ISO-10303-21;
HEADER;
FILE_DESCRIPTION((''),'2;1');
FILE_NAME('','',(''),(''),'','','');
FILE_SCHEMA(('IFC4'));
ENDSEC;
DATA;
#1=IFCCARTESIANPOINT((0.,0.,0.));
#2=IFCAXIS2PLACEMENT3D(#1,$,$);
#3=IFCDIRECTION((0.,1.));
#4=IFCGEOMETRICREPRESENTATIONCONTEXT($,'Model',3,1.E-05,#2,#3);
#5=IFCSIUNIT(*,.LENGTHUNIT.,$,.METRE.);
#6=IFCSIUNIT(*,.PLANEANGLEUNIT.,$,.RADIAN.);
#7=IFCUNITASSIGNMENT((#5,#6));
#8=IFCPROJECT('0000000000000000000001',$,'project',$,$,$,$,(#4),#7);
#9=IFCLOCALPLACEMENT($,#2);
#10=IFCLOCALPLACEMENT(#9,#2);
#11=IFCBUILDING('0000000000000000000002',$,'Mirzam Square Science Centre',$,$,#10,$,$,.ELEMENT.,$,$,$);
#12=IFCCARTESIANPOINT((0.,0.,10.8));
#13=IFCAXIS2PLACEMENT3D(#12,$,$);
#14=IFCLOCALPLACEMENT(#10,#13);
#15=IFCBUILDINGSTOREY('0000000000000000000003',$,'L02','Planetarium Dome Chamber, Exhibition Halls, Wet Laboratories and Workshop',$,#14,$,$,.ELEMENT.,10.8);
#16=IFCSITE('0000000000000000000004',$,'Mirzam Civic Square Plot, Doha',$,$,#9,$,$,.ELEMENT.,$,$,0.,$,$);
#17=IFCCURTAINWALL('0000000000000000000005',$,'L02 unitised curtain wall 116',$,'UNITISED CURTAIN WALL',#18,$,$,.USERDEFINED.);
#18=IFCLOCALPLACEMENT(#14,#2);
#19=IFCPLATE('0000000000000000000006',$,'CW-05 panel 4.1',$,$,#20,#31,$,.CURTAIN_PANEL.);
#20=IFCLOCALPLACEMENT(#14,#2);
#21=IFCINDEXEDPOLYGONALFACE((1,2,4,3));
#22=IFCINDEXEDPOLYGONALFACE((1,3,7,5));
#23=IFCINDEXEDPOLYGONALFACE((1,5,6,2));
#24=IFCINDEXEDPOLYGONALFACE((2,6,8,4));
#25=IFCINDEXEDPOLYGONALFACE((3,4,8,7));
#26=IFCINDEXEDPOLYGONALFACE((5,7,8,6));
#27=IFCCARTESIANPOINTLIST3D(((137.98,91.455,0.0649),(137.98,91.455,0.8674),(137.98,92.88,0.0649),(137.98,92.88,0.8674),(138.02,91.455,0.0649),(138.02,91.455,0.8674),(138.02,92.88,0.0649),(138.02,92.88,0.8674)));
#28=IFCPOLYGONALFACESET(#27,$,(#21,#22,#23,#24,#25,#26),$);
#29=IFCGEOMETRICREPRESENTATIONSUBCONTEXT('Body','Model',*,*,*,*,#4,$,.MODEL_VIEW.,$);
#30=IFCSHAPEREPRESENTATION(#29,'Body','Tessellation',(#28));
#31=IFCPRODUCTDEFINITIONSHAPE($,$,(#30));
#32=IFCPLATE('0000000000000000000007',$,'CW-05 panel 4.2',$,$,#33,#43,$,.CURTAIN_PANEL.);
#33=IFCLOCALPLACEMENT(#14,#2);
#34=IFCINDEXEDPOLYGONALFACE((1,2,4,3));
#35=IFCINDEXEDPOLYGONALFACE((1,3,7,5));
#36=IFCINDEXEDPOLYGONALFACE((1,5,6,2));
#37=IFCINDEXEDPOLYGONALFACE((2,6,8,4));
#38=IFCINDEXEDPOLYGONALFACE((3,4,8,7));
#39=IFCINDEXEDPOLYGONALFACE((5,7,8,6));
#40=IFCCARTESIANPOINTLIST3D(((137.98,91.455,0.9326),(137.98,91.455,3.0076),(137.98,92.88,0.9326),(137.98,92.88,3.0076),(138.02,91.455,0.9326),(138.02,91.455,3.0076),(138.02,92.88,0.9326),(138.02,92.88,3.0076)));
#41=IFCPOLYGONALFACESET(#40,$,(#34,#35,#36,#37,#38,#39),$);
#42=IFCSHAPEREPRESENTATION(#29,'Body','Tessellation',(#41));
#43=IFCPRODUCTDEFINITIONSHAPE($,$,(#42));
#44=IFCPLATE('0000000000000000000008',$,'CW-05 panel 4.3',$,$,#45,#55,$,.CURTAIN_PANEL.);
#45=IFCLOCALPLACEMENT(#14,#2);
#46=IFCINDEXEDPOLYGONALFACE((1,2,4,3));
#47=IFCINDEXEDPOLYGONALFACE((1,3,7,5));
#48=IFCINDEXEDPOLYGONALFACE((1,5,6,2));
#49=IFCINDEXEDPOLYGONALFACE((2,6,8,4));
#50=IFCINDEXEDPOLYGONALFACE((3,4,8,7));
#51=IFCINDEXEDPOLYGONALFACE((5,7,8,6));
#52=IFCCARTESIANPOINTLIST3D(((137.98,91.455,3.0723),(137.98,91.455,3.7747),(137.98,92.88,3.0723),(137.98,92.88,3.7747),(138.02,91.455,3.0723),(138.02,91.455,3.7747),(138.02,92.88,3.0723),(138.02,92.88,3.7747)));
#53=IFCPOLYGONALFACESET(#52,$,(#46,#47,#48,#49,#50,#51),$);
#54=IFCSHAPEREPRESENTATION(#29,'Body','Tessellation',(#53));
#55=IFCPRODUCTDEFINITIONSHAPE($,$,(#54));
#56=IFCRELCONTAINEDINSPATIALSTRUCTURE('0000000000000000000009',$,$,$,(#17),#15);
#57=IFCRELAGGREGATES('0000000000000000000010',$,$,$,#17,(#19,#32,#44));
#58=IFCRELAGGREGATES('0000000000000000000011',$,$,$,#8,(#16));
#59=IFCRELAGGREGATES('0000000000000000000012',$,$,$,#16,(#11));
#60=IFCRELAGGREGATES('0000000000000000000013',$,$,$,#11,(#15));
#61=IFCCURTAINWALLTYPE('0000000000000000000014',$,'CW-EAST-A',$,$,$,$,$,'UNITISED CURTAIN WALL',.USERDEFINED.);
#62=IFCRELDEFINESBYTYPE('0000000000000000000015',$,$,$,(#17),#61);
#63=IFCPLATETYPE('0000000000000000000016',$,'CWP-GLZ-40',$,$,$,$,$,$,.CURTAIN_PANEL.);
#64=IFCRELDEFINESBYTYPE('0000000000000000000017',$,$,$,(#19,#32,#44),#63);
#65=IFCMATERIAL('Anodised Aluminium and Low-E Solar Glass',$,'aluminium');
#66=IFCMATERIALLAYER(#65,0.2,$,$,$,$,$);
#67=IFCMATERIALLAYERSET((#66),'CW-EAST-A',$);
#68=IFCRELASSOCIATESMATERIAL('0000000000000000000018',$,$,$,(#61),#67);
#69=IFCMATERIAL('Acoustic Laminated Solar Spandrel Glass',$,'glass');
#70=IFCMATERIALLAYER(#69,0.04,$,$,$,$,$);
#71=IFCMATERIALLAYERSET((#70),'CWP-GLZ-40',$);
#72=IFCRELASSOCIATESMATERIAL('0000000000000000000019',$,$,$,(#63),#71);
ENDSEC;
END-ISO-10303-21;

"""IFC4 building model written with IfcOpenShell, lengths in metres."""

from ifc_helpers import new_model, si_unit, direction, frame, origin, origin_2d, place, context, subcontext, project, spatial, rectangle, extrude, material, layer, layer_set, type_object, element, aggregate, save


model = new_model("IFC4")

# Units and contexts
model_context = context("Model", 3, precision=1e-05, world=origin(), true_north=direction((0.0, 1.0)))
body_context = subcontext(model_context, "Body", "Model", "MODEL_VIEW")
ifc_project = project(units=[si_unit("LENGTHUNIT", "METRE"), si_unit("PLANEANGLEUNIT", "RADIAN")], contexts=[model_context])

# Site, building, storey
site_placement = place(None, origin())
site = spatial("IfcSite", under=ifc_project, at=site_placement, Name="Mirzam Civic Square Plot, Doha", CompositionType="ELEMENT", RefElevation=0.0)
building_placement = place(site_placement, origin())
building = spatial("IfcBuilding", under=site, at=building_placement, Name="Mirzam Square Science Centre", CompositionType="ELEMENT")
storey_placement = place(building_placement, frame((0.0, 0.0, 10.8)))
storey = spatial("IfcBuildingStorey", under=building, at=storey_placement, Name="L02", Description="Planetarium Dome Chamber, Exhibition Halls, Wet Laboratories and Workshop", CompositionType="ELEMENT", Elevation=10.8)

# Curtain wall
ifc_material_1 = material(Name="Anodised Aluminium and Low-E Solar Glass", Category="aluminium")
ifc_layer_1 = layer(ifc_material_1, 0.2)
ifc_layer_set_1 = layer_set([ifc_layer_1], Name="CW-EAST-A")
curtain_wall_type_1 = type_object("IfcCurtainWallType", Name="CW-EAST-A", ElementType="UNITISED CURTAIN WALL", PredefinedType="USERDEFINED", material=ifc_layer_set_1)
curtain_wall_1_placement = place(storey_placement, origin())
curtain_wall_1 = element("IfcCurtainWall", 1, at=curtain_wall_1_placement, inside=storey, type_object=curtain_wall_type_1, Name="L02 unitised curtain wall 116", ObjectType="UNITISED CURTAIN WALL", PredefinedType="USERDEFINED")

# Plates
ifc_material_2 = material(Name="Acoustic Laminated Solar Spandrel Glass", Category="glass")
ifc_layer_2 = layer(ifc_material_2, 0.04)
ifc_layer_set_2 = layer_set([ifc_layer_2], Name="CWP-GLZ-40")
plate_type_1 = type_object("IfcPlateType", Name="CWP-GLZ-40", PredefinedType="CURTAIN_PANEL", material=ifc_layer_set_2)
plate_1_placement = place(storey_placement, frame((138.0, 92.1675, 0.0649), z_axis=(0.0, 0.0, 1.0), x_axis=(0.0, 1.0, 0.0)))
plate_1 = element("IfcPlate", 2, at=plate_1_placement, type_object=plate_type_1, Name="CW-05 panel 4.1", PredefinedType="CURTAIN_PANEL", context=body_context, shape_type="SweptSolid", body=[
    extrude(rectangle(XDim=1.425, YDim=0.04, at=origin_2d()), origin(), (0.0, 0.0, 1.0), 0.8025),
])
plate_2_placement = place(storey_placement, frame((138.0, 92.1675, 0.9326), z_axis=(0.0, 0.0, 1.0), x_axis=(0.0, 1.0, 0.0)))
plate_2 = element("IfcPlate", 3, at=plate_2_placement, type_object=plate_type_1, Name="CW-05 panel 4.2", PredefinedType="CURTAIN_PANEL", context=body_context, shape_type="SweptSolid", body=[
    extrude(rectangle(XDim=1.425, YDim=0.04, at=origin_2d()), origin(), (0.0, 0.0, 1.0), 2.075),
])
plate_3_placement = place(storey_placement, frame((138.0, 92.1675, 3.0723), z_axis=(0.0, 0.0, 1.0), x_axis=(0.0, 1.0, 0.0)))
plate_3 = element("IfcPlate", 4, at=plate_3_placement, type_object=plate_type_1, Name="CW-05 panel 4.3", PredefinedType="CURTAIN_PANEL", context=body_context, shape_type="SweptSolid", body=[
    extrude(rectangle(XDim=1.425, YDim=0.04, at=origin_2d()), origin(), (0.0, 0.0, 1.0), 0.7024),
])
aggregate(curtain_wall_1, [plate_1, plate_2, plate_3])

save(model, "model.ifc")
